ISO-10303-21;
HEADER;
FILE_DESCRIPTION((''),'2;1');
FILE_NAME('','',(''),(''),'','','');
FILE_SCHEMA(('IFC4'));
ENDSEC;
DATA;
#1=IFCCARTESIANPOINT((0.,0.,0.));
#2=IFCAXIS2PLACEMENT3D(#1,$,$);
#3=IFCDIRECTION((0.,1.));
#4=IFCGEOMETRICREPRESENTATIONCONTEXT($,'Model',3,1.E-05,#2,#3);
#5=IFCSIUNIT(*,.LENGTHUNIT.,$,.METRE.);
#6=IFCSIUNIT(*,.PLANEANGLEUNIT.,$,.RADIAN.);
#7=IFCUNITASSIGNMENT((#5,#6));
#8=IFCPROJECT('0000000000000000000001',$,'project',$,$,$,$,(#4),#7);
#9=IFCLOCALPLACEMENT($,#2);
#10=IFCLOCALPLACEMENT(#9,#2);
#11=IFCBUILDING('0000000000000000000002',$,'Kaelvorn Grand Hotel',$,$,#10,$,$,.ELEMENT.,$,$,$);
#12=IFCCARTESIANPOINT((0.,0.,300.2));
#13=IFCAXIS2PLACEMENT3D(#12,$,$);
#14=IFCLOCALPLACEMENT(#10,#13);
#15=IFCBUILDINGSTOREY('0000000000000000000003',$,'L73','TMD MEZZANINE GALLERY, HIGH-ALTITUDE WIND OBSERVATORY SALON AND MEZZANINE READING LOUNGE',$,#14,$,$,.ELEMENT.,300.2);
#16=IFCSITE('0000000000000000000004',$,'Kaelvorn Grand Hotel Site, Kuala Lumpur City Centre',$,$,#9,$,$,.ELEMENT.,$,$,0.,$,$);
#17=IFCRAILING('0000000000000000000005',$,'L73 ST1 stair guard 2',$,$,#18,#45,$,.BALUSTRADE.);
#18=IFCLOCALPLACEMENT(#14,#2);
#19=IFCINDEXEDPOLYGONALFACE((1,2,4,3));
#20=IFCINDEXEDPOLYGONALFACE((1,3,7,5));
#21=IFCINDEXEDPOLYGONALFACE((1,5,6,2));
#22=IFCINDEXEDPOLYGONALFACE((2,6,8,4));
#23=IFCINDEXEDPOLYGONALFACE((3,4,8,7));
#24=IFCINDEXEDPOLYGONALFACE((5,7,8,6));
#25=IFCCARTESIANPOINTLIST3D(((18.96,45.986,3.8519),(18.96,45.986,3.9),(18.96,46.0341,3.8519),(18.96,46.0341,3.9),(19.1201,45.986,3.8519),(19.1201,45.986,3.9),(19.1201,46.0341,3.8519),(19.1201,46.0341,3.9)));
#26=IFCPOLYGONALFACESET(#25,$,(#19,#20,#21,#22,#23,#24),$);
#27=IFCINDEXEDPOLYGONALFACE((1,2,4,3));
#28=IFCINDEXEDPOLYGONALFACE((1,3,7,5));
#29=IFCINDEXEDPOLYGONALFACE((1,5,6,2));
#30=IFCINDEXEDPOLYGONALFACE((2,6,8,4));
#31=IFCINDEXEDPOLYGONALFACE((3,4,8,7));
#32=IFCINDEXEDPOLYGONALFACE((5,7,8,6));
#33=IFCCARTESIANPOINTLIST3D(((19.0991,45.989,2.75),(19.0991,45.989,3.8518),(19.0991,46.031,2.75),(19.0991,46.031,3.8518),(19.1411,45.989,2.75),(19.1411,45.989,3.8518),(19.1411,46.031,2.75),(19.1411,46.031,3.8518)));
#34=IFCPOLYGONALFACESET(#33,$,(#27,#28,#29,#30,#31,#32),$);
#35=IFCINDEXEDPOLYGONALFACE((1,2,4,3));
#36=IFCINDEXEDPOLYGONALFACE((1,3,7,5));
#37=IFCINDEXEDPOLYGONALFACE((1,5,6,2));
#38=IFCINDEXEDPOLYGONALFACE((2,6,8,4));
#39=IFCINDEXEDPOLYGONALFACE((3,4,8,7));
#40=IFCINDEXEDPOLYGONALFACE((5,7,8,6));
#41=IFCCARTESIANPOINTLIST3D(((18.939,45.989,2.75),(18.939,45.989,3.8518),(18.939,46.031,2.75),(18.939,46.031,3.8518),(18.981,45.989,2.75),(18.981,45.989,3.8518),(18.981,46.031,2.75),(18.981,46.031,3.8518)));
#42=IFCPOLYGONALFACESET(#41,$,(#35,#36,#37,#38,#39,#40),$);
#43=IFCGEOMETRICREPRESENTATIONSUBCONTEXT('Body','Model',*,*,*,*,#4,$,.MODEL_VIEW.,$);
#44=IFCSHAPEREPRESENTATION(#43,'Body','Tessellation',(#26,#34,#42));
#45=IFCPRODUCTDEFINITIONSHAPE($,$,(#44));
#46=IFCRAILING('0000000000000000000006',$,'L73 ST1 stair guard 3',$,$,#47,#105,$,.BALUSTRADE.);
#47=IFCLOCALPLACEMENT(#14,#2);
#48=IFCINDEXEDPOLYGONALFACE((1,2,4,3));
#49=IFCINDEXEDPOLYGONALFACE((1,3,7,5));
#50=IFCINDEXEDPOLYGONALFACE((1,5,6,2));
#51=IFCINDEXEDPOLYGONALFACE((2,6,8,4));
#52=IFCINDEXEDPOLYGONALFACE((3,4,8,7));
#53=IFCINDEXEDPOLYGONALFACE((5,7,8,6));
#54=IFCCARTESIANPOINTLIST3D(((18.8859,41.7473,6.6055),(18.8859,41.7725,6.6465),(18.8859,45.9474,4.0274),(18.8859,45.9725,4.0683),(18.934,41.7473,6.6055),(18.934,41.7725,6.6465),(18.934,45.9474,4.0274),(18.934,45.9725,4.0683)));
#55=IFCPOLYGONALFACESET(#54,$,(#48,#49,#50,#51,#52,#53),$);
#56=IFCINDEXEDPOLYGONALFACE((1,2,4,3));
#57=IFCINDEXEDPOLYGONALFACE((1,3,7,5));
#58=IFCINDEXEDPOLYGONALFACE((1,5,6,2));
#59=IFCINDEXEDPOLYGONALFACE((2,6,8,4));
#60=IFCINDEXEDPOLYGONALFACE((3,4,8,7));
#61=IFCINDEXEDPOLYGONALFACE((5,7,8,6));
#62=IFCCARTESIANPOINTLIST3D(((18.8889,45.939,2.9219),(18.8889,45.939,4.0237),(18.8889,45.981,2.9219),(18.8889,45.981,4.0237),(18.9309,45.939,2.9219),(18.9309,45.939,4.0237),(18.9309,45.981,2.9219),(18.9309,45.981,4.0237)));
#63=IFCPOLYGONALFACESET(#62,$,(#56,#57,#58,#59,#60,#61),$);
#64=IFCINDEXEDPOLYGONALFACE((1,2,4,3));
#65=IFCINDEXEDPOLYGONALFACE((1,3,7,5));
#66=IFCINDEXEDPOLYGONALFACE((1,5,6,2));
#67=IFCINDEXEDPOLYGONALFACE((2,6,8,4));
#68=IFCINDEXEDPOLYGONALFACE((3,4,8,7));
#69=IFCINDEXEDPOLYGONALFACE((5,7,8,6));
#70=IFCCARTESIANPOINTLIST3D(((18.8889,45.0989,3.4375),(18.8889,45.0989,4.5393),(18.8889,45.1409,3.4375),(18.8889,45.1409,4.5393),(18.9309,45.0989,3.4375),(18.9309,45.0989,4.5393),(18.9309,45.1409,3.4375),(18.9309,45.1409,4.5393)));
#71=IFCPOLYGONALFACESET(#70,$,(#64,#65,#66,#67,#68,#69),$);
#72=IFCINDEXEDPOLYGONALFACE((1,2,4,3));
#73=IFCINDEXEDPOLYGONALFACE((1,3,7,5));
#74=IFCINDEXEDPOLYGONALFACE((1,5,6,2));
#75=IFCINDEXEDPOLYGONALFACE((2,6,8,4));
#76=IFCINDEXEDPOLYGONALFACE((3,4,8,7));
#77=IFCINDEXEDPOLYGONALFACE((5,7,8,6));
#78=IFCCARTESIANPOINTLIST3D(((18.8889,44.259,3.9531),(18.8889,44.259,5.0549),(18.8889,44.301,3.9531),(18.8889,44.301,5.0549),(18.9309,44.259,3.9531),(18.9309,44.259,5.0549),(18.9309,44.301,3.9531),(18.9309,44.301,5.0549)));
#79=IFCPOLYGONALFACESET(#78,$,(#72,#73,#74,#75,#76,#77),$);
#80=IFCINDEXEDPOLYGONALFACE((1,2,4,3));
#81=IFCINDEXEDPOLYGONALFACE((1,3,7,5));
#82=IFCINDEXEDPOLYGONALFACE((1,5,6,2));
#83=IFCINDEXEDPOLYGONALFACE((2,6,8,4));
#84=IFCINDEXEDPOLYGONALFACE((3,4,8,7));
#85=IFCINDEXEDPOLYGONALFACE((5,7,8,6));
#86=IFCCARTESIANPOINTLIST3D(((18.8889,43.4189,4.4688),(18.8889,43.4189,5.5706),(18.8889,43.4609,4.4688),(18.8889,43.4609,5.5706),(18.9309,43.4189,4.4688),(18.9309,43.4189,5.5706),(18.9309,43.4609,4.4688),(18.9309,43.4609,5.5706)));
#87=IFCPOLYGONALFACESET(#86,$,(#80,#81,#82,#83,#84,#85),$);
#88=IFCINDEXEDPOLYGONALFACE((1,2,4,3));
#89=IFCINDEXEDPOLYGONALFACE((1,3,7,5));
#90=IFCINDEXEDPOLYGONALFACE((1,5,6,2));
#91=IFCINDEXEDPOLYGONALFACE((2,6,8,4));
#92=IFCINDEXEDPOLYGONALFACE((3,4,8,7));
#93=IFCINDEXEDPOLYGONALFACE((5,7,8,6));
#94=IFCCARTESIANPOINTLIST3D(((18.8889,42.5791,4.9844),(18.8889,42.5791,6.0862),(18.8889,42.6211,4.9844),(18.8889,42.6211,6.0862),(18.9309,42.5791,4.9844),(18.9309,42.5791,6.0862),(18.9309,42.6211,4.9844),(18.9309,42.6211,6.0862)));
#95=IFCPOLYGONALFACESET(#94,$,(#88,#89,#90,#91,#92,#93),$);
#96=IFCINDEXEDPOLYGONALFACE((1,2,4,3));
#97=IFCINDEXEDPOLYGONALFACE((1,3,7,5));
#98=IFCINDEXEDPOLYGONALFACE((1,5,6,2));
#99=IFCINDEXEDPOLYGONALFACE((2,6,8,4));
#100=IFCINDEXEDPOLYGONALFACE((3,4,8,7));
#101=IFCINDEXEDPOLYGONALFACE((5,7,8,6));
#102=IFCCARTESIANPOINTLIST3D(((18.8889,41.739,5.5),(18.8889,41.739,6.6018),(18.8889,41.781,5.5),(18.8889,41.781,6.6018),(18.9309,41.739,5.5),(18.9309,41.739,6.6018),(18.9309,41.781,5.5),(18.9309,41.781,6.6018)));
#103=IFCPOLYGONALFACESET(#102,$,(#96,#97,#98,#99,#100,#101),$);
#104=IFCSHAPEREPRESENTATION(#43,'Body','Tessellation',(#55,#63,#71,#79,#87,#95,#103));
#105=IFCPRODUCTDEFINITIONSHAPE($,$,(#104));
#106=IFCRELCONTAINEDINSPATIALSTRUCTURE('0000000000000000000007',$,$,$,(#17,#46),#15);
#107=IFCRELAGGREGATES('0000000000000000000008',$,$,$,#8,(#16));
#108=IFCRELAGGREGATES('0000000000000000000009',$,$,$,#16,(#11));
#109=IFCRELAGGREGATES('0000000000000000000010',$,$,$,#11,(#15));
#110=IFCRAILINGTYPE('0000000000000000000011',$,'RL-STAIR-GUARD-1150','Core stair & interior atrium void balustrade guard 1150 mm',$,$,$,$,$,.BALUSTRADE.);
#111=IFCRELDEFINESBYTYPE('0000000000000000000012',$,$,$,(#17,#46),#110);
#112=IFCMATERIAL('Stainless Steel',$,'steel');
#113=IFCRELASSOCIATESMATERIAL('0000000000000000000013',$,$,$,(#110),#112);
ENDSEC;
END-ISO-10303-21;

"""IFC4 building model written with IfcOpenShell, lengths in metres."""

from ifc_helpers import new_model, si_unit, direction, frame, origin, origin_2d, place, context, subcontext, project, spatial, rectangle, extrude, material, type_object, element, save


model = new_model("IFC4")

# Units and contexts
model_context = context("Model", 3, precision=1e-05, world=origin(), true_north=direction((0.0, 1.0)))
body_context = subcontext(model_context, "Body", "Model", "MODEL_VIEW")
ifc_project = project(units=[si_unit("LENGTHUNIT", "METRE"), si_unit("PLANEANGLEUNIT", "RADIAN")], contexts=[model_context])

# Site, building, storey
site_placement = place(None, origin())
site = spatial("IfcSite", under=ifc_project, at=site_placement, Name="Kaelvorn Grand Hotel Site, Kuala Lumpur City Centre", CompositionType="ELEMENT", RefElevation=0.0)
building_placement = place(site_placement, origin())
building = spatial("IfcBuilding", under=site, at=building_placement, Name="Kaelvorn Grand Hotel", CompositionType="ELEMENT")
storey_placement = place(building_placement, frame((0.0, 0.0, 300.2)))
storey = spatial("IfcBuildingStorey", under=building, at=storey_placement, Name="L73", Description="TMD MEZZANINE GALLERY, HIGH-ALTITUDE WIND OBSERVATORY SALON AND MEZZANINE READING LOUNGE", CompositionType="ELEMENT", Elevation=300.2)

# Railings
ifc_material_1 = material(Name="Stainless Steel", Category="steel")
railing_type_1 = type_object("IfcRailingType", Name="RL-STAIR-GUARD-1150", Description="Core stair & interior atrium void balustrade guard 1150 mm", PredefinedType="BALUSTRADE", material=ifc_material_1)
railing_1_placement = place(storey_placement, frame((19.1201, 46.01, 2.75)))
element("IfcRailing", 1, at=railing_1_placement, inside=storey, type_object=railing_type_1, Name="L73 ST1 stair guard 2", PredefinedType="BALUSTRADE", context=body_context, shape_type="SweptSolid", body=[
    extrude(rectangle(XDim=0.0481, YDim=0.0481, at=origin_2d()), frame((0.0, 0.0, 1.126), z_axis=(-1.0, 0.0, 0.0), x_axis=(0.0, -1.0, 0.0)), (0.0, 0.0, 1.0), 0.1602),
    extrude(rectangle(XDim=0.042, YDim=0.042, at=origin_2d()), origin(), (0.0, 0.0, 1.0), 1.1018),
    extrude(rectangle(XDim=0.042, YDim=0.042, at=origin_2d()), frame((-0.1602, 0.0, 0.0)), (0.0, 0.0, 1.0), 1.1018),
])
railing_2_placement = place(storey_placement, frame((18.9099, 45.96, 2.9219)))
element("IfcRailing", 2, at=railing_2_placement, inside=storey, type_object=railing_type_1, Name="L73 ST1 stair guard 3", PredefinedType="BALUSTRADE", context=body_context, shape_type="SweptSolid", body=[
    extrude(rectangle(XDim=0.0481, YDim=0.0481, at=origin_2d()), frame((0.0, 0.0, 1.126), z_axis=(0.0, -0.852243, 0.523146), x_axis=(1.0, 0.0, 0.0)), (0.0, 0.0, 1.0), 4.9282),
    extrude(rectangle(XDim=0.042, YDim=0.042, at=origin_2d()), origin(), (0.0, 0.0, 1.0), 1.1018),
    extrude(rectangle(XDim=0.042, YDim=0.042, at=origin_2d()), frame((0.0, -0.8401, 0.5156)), (0.0, 0.0, 1.0), 1.1018),
    extrude(rectangle(XDim=0.042, YDim=0.042, at=origin_2d()), frame((0.0, -1.6799, 1.0312)), (0.0, 0.0, 1.0), 1.1018),
    extrude(rectangle(XDim=0.042, YDim=0.042, at=origin_2d()), frame((0.0, -2.52, 1.5469)), (0.0, 0.0, 1.0), 1.1018),
    extrude(rectangle(XDim=0.042, YDim=0.042, at=origin_2d()), frame((0.0, -3.3599, 2.0625)), (0.0, 0.0, 1.0), 1.1018),
    extrude(rectangle(XDim=0.042, YDim=0.042, at=origin_2d()), frame((0.0, -4.2, 2.5781)), (0.0, 0.0, 1.0), 1.1018),
])

save(model, "model.ifc")
